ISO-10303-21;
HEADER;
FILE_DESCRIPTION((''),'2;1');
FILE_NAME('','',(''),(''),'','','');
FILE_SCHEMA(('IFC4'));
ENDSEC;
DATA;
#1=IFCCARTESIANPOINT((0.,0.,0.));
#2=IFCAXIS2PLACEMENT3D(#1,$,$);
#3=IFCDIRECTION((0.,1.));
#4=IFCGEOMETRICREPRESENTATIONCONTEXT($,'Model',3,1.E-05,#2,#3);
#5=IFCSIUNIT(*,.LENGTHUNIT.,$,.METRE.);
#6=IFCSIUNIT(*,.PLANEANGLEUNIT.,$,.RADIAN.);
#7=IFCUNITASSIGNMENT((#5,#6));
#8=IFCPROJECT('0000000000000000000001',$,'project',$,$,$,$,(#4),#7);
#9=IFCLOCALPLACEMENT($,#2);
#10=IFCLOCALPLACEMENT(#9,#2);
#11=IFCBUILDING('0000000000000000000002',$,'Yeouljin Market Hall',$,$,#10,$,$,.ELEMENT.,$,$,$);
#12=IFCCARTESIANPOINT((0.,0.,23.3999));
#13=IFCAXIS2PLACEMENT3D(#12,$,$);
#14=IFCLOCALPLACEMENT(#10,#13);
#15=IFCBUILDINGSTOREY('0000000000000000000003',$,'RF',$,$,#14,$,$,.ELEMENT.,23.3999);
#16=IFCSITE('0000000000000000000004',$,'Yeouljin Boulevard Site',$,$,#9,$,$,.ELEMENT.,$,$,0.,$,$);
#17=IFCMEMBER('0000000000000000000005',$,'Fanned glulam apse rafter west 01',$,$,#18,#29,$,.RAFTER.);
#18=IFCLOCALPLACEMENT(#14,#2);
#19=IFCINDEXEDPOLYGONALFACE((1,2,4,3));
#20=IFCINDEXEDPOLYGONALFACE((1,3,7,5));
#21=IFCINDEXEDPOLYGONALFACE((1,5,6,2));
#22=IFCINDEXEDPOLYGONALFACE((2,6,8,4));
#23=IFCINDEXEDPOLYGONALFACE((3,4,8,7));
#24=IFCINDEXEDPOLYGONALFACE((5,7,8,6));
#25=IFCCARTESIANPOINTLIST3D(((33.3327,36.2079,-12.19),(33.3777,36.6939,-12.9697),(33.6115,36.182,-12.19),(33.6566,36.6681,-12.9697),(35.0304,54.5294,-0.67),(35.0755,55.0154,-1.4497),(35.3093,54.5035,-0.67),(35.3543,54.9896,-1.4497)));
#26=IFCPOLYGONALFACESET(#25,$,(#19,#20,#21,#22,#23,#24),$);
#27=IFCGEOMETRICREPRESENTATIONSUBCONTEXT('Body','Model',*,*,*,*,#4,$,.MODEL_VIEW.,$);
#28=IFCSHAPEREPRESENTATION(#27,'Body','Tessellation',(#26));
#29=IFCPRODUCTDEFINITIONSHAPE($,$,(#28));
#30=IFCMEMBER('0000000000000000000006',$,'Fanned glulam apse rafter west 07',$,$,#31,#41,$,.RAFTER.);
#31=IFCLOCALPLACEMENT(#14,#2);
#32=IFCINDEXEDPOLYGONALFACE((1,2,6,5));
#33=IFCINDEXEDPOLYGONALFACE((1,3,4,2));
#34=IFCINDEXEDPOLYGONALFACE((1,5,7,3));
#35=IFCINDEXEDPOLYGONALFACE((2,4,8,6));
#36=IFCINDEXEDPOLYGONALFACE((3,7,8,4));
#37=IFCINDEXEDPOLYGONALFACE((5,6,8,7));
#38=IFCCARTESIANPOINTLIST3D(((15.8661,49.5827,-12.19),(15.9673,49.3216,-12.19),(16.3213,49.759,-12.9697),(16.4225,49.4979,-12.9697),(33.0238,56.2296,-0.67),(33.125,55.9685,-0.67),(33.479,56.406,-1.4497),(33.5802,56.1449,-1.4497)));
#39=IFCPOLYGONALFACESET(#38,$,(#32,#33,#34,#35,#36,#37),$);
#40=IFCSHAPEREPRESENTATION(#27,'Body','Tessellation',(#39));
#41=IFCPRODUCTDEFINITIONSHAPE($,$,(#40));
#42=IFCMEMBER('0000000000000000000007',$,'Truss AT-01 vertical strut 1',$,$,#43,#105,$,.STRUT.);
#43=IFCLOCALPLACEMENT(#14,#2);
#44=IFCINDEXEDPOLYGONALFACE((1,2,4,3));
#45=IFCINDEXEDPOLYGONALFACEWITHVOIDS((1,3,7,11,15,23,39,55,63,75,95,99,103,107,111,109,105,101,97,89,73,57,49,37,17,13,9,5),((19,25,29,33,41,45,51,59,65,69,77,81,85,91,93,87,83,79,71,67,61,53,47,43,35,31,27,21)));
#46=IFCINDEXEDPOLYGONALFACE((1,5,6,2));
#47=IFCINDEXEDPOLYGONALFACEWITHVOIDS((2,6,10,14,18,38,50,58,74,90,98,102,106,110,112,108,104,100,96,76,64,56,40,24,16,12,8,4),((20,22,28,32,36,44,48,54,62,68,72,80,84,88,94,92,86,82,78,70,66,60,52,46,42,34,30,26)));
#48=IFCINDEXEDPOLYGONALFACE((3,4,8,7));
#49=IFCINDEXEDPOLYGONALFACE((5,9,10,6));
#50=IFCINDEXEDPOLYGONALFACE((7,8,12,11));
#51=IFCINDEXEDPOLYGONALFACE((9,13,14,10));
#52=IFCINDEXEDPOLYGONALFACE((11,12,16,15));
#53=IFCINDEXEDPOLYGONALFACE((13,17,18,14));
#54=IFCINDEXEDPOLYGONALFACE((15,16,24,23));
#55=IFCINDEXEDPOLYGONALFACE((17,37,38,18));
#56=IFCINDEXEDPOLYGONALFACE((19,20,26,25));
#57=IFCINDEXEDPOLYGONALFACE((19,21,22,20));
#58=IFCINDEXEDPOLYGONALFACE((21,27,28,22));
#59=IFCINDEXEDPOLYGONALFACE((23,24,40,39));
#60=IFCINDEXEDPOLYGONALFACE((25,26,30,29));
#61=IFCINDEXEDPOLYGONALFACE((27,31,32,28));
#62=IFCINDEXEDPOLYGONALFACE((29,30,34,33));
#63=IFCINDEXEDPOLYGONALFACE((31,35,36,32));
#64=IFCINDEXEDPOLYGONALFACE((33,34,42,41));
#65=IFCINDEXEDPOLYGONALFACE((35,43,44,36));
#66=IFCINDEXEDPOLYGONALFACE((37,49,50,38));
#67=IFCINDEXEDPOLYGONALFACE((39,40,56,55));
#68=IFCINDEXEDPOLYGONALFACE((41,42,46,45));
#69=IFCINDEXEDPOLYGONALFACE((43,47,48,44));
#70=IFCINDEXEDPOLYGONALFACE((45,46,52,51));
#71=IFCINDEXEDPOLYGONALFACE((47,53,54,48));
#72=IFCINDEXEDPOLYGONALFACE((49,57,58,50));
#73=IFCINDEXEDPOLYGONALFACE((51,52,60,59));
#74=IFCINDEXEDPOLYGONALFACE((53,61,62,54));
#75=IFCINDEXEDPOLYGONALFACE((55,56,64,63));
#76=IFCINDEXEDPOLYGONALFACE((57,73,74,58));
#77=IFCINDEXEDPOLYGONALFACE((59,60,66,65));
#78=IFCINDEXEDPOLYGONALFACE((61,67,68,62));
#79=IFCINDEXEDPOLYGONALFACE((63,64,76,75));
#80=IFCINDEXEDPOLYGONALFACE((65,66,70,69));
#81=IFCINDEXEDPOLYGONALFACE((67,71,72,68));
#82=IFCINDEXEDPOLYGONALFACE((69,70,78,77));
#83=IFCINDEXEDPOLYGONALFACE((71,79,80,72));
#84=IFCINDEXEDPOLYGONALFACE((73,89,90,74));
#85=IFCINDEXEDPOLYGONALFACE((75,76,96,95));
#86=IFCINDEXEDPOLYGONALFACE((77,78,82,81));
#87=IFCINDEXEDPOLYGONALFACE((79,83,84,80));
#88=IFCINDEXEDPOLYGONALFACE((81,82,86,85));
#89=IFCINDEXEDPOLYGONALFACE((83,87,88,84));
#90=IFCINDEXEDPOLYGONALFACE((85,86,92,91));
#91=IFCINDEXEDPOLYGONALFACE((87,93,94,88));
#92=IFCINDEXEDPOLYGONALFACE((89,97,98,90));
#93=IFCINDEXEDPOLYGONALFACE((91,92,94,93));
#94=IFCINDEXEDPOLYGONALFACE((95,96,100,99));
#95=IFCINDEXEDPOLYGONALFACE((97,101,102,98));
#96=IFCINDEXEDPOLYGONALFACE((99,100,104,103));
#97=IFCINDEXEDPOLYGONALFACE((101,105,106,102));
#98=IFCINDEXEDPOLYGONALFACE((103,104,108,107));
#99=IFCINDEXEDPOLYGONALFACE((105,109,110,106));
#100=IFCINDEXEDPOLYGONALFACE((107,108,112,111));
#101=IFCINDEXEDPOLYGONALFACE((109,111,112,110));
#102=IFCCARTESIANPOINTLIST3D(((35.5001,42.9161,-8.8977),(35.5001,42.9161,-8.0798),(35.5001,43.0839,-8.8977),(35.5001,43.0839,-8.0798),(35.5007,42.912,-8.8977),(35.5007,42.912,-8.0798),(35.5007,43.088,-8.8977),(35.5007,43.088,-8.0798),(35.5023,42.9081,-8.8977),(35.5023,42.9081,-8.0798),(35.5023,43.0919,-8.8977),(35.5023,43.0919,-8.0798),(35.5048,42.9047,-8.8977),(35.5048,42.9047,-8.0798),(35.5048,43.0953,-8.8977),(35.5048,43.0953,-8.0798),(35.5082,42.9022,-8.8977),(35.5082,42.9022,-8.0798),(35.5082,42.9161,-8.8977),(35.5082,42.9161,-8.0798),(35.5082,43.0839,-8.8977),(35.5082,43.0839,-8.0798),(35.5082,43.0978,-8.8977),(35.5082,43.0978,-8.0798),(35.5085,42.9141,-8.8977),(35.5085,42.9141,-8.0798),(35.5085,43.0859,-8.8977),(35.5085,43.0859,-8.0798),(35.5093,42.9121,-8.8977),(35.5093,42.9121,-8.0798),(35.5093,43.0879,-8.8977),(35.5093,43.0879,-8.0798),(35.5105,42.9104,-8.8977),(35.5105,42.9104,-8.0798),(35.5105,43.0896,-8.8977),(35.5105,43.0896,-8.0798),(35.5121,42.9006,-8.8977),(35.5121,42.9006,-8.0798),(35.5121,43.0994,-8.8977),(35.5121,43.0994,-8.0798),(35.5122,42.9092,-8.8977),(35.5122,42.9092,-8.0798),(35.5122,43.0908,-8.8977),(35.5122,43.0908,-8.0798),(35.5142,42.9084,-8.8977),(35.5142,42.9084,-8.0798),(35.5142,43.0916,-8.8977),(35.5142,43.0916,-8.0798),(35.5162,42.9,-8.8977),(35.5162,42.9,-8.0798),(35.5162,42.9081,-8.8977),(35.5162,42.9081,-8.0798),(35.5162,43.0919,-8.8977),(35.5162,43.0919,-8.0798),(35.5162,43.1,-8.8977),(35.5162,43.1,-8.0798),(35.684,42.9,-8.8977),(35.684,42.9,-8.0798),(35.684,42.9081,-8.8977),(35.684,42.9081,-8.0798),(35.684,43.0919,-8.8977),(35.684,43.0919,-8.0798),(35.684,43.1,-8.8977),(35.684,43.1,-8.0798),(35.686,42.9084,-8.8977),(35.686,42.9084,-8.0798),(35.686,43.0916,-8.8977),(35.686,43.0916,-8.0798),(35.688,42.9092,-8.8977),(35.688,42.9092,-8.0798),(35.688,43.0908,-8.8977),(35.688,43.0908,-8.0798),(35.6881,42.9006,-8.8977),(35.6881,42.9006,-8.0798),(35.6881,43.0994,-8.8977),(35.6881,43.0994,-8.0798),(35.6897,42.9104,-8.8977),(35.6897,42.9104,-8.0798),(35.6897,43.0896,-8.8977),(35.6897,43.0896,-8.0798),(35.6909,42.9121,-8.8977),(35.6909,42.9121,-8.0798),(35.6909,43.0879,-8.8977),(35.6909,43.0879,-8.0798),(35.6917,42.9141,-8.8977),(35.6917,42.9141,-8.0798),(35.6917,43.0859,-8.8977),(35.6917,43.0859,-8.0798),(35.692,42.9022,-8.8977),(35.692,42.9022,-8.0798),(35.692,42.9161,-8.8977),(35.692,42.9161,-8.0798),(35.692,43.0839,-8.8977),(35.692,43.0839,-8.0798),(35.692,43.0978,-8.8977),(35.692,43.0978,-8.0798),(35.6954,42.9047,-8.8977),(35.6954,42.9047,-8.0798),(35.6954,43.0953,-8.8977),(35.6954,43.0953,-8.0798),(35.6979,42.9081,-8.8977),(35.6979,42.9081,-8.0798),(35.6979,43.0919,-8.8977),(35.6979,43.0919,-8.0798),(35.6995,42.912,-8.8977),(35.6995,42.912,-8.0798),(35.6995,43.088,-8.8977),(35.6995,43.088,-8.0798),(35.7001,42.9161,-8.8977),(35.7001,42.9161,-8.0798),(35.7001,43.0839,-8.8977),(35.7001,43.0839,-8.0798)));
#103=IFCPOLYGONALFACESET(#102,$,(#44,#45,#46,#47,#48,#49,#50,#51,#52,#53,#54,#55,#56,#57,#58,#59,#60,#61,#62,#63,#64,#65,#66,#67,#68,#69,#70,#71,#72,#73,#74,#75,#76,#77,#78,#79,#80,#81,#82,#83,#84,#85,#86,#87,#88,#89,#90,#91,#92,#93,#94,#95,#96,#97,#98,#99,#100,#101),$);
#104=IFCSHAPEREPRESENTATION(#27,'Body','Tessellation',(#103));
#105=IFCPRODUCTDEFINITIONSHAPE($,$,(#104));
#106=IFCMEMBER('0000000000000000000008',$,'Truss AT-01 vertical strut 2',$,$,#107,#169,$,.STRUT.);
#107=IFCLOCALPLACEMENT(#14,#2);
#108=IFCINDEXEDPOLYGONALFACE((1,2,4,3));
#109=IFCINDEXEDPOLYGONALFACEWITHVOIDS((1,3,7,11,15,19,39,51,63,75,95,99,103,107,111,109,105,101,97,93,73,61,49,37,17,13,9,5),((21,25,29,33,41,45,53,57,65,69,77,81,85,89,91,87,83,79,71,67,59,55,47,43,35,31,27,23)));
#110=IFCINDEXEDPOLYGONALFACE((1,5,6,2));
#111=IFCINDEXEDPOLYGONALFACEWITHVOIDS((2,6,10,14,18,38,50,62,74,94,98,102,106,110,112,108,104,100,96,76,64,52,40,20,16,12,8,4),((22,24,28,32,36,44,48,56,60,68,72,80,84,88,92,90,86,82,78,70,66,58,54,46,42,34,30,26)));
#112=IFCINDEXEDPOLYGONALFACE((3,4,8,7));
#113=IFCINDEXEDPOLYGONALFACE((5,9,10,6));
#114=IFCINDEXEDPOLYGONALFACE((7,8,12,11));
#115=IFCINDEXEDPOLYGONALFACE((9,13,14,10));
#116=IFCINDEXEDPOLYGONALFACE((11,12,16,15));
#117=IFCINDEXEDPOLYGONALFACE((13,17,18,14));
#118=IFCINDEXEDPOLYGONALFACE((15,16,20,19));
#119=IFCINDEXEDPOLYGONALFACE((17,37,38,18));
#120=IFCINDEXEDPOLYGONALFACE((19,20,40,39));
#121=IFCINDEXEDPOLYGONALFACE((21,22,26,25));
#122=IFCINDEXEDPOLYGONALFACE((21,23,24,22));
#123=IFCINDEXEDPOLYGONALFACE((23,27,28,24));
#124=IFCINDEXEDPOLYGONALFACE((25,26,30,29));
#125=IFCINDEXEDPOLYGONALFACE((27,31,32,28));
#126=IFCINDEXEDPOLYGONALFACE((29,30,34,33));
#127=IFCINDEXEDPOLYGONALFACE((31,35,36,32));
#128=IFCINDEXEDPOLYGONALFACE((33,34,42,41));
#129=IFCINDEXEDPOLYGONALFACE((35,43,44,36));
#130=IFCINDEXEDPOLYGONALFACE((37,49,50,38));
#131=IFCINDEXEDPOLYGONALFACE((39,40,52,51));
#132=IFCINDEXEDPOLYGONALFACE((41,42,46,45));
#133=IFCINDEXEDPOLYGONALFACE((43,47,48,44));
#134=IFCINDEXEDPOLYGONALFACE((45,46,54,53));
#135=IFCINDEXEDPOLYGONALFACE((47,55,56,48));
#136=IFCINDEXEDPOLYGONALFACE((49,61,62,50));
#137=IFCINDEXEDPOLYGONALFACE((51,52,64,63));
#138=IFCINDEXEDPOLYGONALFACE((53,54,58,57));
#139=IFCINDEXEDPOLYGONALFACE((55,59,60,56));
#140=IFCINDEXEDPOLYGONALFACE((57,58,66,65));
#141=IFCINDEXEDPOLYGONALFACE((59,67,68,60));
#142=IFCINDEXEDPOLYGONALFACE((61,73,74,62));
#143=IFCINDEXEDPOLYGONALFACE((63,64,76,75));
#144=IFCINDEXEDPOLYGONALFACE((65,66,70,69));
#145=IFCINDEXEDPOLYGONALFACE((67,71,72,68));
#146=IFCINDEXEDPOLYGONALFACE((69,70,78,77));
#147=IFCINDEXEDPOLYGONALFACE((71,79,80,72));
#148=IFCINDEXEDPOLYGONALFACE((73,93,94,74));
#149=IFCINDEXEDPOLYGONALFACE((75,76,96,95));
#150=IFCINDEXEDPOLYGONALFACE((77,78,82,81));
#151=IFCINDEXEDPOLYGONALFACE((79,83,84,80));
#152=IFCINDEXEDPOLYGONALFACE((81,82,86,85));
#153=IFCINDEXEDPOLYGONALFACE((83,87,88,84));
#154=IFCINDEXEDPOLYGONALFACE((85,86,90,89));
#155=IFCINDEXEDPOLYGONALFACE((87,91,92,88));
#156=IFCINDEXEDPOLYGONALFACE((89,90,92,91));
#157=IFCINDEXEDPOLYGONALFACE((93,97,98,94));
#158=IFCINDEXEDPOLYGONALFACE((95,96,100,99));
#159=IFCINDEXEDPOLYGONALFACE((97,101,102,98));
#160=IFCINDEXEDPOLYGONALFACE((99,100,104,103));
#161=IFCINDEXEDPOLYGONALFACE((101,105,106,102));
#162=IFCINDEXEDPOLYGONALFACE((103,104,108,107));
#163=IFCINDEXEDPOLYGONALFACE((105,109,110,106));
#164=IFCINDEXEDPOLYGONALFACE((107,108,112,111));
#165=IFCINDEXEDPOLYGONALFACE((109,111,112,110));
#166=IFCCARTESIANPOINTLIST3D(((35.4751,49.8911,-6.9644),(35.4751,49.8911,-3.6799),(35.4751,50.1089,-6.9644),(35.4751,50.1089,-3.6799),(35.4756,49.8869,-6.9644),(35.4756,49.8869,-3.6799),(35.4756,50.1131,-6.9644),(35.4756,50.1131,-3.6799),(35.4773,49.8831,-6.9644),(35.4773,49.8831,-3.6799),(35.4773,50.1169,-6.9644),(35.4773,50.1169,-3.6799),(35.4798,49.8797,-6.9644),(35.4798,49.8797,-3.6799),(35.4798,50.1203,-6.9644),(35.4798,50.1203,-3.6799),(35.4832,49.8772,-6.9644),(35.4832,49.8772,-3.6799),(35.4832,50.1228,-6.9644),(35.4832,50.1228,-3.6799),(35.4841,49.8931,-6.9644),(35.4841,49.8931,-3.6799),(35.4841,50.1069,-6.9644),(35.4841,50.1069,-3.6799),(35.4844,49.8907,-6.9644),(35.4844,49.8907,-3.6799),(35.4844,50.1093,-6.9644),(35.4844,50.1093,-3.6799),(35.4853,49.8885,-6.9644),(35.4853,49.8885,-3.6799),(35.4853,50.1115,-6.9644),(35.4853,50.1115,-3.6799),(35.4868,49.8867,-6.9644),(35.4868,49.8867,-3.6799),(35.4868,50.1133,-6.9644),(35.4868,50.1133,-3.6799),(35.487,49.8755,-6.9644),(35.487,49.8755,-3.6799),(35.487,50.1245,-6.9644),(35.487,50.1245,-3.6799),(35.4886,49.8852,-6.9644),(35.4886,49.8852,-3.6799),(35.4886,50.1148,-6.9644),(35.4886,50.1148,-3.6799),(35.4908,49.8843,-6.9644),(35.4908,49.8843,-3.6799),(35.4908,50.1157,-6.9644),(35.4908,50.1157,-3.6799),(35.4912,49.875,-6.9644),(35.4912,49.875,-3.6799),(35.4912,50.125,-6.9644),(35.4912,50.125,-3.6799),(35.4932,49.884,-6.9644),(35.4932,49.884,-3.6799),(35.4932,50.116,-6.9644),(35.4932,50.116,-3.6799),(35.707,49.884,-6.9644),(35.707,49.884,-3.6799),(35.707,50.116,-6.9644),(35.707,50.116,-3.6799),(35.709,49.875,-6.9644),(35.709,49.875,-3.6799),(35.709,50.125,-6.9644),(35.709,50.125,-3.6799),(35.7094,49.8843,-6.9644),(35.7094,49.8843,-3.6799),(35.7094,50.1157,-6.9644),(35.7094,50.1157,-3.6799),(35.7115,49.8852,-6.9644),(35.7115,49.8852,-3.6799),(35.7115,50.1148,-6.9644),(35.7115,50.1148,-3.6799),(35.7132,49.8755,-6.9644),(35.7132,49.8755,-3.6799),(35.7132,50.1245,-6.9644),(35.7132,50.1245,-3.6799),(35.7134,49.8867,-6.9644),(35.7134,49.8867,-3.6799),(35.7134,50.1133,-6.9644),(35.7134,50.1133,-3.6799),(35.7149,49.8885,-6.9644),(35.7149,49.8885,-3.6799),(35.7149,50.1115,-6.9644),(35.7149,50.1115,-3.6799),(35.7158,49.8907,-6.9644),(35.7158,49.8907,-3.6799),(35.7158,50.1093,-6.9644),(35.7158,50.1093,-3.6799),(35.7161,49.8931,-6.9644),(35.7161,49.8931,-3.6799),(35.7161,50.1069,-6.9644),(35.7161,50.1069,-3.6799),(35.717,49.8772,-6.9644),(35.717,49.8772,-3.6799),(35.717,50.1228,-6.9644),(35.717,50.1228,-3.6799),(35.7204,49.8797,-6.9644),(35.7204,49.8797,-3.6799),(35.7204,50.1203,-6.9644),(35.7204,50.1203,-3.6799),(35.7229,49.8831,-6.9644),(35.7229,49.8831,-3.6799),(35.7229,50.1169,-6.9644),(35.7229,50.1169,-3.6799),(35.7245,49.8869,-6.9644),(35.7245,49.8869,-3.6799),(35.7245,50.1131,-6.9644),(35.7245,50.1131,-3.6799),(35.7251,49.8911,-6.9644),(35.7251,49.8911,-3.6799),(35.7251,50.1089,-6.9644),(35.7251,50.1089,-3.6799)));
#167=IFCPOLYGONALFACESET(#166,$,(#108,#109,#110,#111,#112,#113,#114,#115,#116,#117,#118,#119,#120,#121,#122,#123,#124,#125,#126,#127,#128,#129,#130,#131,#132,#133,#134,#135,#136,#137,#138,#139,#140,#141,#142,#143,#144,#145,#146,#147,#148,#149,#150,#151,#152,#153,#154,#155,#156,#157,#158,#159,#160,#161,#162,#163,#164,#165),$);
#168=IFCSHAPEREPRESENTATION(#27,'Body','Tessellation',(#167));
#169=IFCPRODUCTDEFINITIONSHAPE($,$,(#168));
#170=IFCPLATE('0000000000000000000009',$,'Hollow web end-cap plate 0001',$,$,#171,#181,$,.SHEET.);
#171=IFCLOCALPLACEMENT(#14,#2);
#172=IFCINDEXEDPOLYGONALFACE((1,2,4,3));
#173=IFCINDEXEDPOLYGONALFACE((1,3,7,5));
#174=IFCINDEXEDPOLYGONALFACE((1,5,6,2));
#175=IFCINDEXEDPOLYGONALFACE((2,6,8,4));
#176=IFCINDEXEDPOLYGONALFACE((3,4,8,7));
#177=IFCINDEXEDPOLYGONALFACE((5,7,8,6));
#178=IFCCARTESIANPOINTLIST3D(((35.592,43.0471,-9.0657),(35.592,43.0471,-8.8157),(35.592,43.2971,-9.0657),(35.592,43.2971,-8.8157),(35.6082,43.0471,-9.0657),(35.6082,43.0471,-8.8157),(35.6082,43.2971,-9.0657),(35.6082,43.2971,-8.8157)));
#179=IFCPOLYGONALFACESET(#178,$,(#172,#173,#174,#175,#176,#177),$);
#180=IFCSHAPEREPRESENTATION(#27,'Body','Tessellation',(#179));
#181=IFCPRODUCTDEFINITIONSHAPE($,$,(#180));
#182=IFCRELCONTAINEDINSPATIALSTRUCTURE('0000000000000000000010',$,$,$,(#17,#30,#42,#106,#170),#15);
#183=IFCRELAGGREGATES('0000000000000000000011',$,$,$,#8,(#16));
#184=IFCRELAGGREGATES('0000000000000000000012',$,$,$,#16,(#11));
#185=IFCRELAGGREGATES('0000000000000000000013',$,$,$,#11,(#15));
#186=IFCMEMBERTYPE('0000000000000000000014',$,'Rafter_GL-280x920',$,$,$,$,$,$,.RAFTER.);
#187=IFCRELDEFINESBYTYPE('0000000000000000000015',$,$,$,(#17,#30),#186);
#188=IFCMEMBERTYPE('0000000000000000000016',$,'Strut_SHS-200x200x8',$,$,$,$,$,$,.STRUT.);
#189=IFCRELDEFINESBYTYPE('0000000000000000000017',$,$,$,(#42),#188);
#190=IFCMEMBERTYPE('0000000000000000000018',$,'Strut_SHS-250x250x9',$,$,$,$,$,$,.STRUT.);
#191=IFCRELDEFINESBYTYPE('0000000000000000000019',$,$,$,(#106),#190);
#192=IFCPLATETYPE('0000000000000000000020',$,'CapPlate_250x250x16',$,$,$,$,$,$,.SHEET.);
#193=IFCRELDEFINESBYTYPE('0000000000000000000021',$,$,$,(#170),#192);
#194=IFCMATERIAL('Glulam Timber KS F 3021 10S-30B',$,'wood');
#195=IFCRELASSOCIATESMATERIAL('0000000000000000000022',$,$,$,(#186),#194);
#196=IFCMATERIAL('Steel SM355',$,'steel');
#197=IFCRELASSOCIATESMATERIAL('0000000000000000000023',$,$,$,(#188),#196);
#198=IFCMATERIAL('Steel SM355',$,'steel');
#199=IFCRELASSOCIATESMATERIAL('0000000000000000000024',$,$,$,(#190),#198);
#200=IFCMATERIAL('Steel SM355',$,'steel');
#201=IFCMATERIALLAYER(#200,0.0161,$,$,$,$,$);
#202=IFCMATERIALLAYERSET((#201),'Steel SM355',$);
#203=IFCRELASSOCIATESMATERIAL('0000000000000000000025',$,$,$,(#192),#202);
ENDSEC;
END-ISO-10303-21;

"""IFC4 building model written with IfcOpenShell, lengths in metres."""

from ifc_helpers import new_model, si_unit, direction, frame, origin, origin_2d, place, context, subcontext, project, spatial, rectangle, hollow_rectangle, extrude, material, layer, layer_set, material_profile, profile_set, type_object, element, save


model = new_model("IFC4")

# Units and contexts
model_context = context("Model", 3, precision=1e-05, world=origin(), true_north=direction((0.0, 1.0)))
body_context = subcontext(model_context, "Body", "Model", "MODEL_VIEW")
ifc_project = project(units=[si_unit("LENGTHUNIT", "METRE"), si_unit("PLANEANGLEUNIT", "RADIAN")], contexts=[model_context])

# Site, building, storey
site_placement = place(None, origin())
site = spatial("IfcSite", under=ifc_project, at=site_placement, Name="Yeouljin Boulevard Site", CompositionType="ELEMENT", RefElevation=0.0)
building_placement = place(site_placement, origin())
building = spatial("IfcBuilding", under=site, at=building_placement, Name="Yeouljin Market Hall", CompositionType="ELEMENT")
storey_placement = place(building_placement, frame((0.0, 0.0, 23.3999)))
storey = spatial("IfcBuildingStorey", under=building, at=storey_placement, Name="RF", CompositionType="ELEMENT", Elevation=23.3999)

# Members
ifc_material_1 = material(Name="Glulam Timber KS F 3021 10S-30B", Category="wood")
ifc_material_profile_1 = material_profile(ifc_material_1, rectangle(XDim=0.28, YDim=0.9199, at=origin_2d()), Name="GL-280x920")
ifc_profile_set_1 = profile_set([ifc_material_profile_1], Name="Glulam Timber KS F 3021 10S-30B")
member_type_1 = type_object("IfcMemberType", Name="Rafter_GL-280x920", PredefinedType="RAFTER", material=ifc_profile_set_1)
member_1_placement = place(storey_placement, frame((33.4946, 36.438, -12.5798), z_axis=(0.078206, 0.843968, 0.530661), x_axis=(-0.995734, 0.092269, 0.0)))
element("IfcMember", 1, at=member_1_placement, inside=storey, type_object=member_type_1, Name="Fanned glulam apse rafter west 01", PredefinedType="RAFTER", context=body_context, shape_type="SweptSolid", body=[
    extrude(rectangle(XDim=0.28, YDim=0.9199, at=origin_2d()), origin(), (0.0, 0.0, 1.0), 21.7087),
])
member_2_placement = place(storey_placement, frame((16.1443, 49.5403, -12.5798), z_axis=(0.790351, 0.306185, 0.530657), x_axis=(-0.361243, 0.932472, 0.0)))
element("IfcMember", 2, at=member_2_placement, inside=storey, type_object=member_type_1, Name="Fanned glulam apse rafter west 07", PredefinedType="RAFTER", context=body_context, shape_type="SweptSolid", body=[
    extrude(rectangle(XDim=0.28, YDim=0.9199, at=origin_2d()), origin(), (0.0, 0.0, 1.0), 21.709),
])
ifc_material_2 = material(Name="Steel SM355", Category="steel")
ifc_material_profile_2 = material_profile(ifc_material_2, hollow_rectangle(XDim=0.2, YDim=0.2, WallThickness=0.0081, InnerFilletRadius=0.0081, OuterFilletRadius=0.0161, at=origin_2d()), Name="SHS-200x200x8")
ifc_profile_set_2 = profile_set([ifc_material_profile_2], Name="Steel SM355")
member_type_2 = type_object("IfcMemberType", Name="Strut_SHS-200x200x8", PredefinedType="STRUT", material=ifc_profile_set_2)
member_3_placement = place(storey_placement, frame((35.6001, 43.0, -8.8977), z_axis=(0.0, 0.0, 1.0), x_axis=(1.0, 0.0, 0.0)))
element("IfcMember", 3, at=member_3_placement, inside=storey, type_object=member_type_2, Name="Truss AT-01 vertical strut 1", PredefinedType="STRUT", context=body_context, shape_type="SweptSolid", body=[
    extrude(hollow_rectangle(XDim=0.2, YDim=0.2, WallThickness=0.0081, InnerFilletRadius=0.0081, OuterFilletRadius=0.0161, at=origin_2d()), origin(), (0.0, 0.0, 1.0), 0.8179),
])
ifc_material_3 = material(Name="Steel SM355", Category="steel")
ifc_material_profile_3 = material_profile(ifc_material_3, hollow_rectangle(XDim=0.25, YDim=0.25, WallThickness=0.009, InnerFilletRadius=0.009, OuterFilletRadius=0.0161, at=origin_2d()), Name="SHS-250x250x9")
ifc_profile_set_3 = profile_set([ifc_material_profile_3], Name="Steel SM355")
member_type_3 = type_object("IfcMemberType", Name="Strut_SHS-250x250x9", PredefinedType="STRUT", material=ifc_profile_set_3)
member_4_placement = place(storey_placement, frame((35.6001, 50.0, -6.9644), z_axis=(0.0, 0.0, 1.0), x_axis=(1.0, 0.0, 0.0)))
element("IfcMember", 4, at=member_4_placement, inside=storey, type_object=member_type_3, Name="Truss AT-01 vertical strut 2", PredefinedType="STRUT", context=body_context, shape_type="SweptSolid", body=[
    extrude(hollow_rectangle(XDim=0.25, YDim=0.25, WallThickness=0.009, InnerFilletRadius=0.009, OuterFilletRadius=0.0161, at=origin_2d()), origin(), (0.0, 0.0, 1.0), 3.2844),
])

# Plate
ifc_material_4 = material(Name="Steel SM355", Category="steel")
ifc_layer_1 = layer(ifc_material_4, 0.0161)
ifc_layer_set_1 = layer_set([ifc_layer_1], Name="Steel SM355")
plate_type_1 = type_object("IfcPlateType", Name="CapPlate_250x250x16", PredefinedType="SHEET", material=ifc_layer_set_1)
plate_1_placement = place(storey_placement, frame((35.6001, 43.1721, -9.0657), z_axis=(0.0, 0.0, 1.0), x_axis=(0.0, 1.0, 0.0)))
element("IfcPlate", 5, at=plate_1_placement, inside=storey, type_object=plate_type_1, Name="Hollow web end-cap plate 0001", PredefinedType="SHEET", context=body_context, shape_type="SweptSolid", body=[
    extrude(rectangle(XDim=0.25, YDim=0.0161, at=origin_2d()), origin(), (0.0, 0.0, 1.0), 0.25),
])

save(model, "model.ifc")
